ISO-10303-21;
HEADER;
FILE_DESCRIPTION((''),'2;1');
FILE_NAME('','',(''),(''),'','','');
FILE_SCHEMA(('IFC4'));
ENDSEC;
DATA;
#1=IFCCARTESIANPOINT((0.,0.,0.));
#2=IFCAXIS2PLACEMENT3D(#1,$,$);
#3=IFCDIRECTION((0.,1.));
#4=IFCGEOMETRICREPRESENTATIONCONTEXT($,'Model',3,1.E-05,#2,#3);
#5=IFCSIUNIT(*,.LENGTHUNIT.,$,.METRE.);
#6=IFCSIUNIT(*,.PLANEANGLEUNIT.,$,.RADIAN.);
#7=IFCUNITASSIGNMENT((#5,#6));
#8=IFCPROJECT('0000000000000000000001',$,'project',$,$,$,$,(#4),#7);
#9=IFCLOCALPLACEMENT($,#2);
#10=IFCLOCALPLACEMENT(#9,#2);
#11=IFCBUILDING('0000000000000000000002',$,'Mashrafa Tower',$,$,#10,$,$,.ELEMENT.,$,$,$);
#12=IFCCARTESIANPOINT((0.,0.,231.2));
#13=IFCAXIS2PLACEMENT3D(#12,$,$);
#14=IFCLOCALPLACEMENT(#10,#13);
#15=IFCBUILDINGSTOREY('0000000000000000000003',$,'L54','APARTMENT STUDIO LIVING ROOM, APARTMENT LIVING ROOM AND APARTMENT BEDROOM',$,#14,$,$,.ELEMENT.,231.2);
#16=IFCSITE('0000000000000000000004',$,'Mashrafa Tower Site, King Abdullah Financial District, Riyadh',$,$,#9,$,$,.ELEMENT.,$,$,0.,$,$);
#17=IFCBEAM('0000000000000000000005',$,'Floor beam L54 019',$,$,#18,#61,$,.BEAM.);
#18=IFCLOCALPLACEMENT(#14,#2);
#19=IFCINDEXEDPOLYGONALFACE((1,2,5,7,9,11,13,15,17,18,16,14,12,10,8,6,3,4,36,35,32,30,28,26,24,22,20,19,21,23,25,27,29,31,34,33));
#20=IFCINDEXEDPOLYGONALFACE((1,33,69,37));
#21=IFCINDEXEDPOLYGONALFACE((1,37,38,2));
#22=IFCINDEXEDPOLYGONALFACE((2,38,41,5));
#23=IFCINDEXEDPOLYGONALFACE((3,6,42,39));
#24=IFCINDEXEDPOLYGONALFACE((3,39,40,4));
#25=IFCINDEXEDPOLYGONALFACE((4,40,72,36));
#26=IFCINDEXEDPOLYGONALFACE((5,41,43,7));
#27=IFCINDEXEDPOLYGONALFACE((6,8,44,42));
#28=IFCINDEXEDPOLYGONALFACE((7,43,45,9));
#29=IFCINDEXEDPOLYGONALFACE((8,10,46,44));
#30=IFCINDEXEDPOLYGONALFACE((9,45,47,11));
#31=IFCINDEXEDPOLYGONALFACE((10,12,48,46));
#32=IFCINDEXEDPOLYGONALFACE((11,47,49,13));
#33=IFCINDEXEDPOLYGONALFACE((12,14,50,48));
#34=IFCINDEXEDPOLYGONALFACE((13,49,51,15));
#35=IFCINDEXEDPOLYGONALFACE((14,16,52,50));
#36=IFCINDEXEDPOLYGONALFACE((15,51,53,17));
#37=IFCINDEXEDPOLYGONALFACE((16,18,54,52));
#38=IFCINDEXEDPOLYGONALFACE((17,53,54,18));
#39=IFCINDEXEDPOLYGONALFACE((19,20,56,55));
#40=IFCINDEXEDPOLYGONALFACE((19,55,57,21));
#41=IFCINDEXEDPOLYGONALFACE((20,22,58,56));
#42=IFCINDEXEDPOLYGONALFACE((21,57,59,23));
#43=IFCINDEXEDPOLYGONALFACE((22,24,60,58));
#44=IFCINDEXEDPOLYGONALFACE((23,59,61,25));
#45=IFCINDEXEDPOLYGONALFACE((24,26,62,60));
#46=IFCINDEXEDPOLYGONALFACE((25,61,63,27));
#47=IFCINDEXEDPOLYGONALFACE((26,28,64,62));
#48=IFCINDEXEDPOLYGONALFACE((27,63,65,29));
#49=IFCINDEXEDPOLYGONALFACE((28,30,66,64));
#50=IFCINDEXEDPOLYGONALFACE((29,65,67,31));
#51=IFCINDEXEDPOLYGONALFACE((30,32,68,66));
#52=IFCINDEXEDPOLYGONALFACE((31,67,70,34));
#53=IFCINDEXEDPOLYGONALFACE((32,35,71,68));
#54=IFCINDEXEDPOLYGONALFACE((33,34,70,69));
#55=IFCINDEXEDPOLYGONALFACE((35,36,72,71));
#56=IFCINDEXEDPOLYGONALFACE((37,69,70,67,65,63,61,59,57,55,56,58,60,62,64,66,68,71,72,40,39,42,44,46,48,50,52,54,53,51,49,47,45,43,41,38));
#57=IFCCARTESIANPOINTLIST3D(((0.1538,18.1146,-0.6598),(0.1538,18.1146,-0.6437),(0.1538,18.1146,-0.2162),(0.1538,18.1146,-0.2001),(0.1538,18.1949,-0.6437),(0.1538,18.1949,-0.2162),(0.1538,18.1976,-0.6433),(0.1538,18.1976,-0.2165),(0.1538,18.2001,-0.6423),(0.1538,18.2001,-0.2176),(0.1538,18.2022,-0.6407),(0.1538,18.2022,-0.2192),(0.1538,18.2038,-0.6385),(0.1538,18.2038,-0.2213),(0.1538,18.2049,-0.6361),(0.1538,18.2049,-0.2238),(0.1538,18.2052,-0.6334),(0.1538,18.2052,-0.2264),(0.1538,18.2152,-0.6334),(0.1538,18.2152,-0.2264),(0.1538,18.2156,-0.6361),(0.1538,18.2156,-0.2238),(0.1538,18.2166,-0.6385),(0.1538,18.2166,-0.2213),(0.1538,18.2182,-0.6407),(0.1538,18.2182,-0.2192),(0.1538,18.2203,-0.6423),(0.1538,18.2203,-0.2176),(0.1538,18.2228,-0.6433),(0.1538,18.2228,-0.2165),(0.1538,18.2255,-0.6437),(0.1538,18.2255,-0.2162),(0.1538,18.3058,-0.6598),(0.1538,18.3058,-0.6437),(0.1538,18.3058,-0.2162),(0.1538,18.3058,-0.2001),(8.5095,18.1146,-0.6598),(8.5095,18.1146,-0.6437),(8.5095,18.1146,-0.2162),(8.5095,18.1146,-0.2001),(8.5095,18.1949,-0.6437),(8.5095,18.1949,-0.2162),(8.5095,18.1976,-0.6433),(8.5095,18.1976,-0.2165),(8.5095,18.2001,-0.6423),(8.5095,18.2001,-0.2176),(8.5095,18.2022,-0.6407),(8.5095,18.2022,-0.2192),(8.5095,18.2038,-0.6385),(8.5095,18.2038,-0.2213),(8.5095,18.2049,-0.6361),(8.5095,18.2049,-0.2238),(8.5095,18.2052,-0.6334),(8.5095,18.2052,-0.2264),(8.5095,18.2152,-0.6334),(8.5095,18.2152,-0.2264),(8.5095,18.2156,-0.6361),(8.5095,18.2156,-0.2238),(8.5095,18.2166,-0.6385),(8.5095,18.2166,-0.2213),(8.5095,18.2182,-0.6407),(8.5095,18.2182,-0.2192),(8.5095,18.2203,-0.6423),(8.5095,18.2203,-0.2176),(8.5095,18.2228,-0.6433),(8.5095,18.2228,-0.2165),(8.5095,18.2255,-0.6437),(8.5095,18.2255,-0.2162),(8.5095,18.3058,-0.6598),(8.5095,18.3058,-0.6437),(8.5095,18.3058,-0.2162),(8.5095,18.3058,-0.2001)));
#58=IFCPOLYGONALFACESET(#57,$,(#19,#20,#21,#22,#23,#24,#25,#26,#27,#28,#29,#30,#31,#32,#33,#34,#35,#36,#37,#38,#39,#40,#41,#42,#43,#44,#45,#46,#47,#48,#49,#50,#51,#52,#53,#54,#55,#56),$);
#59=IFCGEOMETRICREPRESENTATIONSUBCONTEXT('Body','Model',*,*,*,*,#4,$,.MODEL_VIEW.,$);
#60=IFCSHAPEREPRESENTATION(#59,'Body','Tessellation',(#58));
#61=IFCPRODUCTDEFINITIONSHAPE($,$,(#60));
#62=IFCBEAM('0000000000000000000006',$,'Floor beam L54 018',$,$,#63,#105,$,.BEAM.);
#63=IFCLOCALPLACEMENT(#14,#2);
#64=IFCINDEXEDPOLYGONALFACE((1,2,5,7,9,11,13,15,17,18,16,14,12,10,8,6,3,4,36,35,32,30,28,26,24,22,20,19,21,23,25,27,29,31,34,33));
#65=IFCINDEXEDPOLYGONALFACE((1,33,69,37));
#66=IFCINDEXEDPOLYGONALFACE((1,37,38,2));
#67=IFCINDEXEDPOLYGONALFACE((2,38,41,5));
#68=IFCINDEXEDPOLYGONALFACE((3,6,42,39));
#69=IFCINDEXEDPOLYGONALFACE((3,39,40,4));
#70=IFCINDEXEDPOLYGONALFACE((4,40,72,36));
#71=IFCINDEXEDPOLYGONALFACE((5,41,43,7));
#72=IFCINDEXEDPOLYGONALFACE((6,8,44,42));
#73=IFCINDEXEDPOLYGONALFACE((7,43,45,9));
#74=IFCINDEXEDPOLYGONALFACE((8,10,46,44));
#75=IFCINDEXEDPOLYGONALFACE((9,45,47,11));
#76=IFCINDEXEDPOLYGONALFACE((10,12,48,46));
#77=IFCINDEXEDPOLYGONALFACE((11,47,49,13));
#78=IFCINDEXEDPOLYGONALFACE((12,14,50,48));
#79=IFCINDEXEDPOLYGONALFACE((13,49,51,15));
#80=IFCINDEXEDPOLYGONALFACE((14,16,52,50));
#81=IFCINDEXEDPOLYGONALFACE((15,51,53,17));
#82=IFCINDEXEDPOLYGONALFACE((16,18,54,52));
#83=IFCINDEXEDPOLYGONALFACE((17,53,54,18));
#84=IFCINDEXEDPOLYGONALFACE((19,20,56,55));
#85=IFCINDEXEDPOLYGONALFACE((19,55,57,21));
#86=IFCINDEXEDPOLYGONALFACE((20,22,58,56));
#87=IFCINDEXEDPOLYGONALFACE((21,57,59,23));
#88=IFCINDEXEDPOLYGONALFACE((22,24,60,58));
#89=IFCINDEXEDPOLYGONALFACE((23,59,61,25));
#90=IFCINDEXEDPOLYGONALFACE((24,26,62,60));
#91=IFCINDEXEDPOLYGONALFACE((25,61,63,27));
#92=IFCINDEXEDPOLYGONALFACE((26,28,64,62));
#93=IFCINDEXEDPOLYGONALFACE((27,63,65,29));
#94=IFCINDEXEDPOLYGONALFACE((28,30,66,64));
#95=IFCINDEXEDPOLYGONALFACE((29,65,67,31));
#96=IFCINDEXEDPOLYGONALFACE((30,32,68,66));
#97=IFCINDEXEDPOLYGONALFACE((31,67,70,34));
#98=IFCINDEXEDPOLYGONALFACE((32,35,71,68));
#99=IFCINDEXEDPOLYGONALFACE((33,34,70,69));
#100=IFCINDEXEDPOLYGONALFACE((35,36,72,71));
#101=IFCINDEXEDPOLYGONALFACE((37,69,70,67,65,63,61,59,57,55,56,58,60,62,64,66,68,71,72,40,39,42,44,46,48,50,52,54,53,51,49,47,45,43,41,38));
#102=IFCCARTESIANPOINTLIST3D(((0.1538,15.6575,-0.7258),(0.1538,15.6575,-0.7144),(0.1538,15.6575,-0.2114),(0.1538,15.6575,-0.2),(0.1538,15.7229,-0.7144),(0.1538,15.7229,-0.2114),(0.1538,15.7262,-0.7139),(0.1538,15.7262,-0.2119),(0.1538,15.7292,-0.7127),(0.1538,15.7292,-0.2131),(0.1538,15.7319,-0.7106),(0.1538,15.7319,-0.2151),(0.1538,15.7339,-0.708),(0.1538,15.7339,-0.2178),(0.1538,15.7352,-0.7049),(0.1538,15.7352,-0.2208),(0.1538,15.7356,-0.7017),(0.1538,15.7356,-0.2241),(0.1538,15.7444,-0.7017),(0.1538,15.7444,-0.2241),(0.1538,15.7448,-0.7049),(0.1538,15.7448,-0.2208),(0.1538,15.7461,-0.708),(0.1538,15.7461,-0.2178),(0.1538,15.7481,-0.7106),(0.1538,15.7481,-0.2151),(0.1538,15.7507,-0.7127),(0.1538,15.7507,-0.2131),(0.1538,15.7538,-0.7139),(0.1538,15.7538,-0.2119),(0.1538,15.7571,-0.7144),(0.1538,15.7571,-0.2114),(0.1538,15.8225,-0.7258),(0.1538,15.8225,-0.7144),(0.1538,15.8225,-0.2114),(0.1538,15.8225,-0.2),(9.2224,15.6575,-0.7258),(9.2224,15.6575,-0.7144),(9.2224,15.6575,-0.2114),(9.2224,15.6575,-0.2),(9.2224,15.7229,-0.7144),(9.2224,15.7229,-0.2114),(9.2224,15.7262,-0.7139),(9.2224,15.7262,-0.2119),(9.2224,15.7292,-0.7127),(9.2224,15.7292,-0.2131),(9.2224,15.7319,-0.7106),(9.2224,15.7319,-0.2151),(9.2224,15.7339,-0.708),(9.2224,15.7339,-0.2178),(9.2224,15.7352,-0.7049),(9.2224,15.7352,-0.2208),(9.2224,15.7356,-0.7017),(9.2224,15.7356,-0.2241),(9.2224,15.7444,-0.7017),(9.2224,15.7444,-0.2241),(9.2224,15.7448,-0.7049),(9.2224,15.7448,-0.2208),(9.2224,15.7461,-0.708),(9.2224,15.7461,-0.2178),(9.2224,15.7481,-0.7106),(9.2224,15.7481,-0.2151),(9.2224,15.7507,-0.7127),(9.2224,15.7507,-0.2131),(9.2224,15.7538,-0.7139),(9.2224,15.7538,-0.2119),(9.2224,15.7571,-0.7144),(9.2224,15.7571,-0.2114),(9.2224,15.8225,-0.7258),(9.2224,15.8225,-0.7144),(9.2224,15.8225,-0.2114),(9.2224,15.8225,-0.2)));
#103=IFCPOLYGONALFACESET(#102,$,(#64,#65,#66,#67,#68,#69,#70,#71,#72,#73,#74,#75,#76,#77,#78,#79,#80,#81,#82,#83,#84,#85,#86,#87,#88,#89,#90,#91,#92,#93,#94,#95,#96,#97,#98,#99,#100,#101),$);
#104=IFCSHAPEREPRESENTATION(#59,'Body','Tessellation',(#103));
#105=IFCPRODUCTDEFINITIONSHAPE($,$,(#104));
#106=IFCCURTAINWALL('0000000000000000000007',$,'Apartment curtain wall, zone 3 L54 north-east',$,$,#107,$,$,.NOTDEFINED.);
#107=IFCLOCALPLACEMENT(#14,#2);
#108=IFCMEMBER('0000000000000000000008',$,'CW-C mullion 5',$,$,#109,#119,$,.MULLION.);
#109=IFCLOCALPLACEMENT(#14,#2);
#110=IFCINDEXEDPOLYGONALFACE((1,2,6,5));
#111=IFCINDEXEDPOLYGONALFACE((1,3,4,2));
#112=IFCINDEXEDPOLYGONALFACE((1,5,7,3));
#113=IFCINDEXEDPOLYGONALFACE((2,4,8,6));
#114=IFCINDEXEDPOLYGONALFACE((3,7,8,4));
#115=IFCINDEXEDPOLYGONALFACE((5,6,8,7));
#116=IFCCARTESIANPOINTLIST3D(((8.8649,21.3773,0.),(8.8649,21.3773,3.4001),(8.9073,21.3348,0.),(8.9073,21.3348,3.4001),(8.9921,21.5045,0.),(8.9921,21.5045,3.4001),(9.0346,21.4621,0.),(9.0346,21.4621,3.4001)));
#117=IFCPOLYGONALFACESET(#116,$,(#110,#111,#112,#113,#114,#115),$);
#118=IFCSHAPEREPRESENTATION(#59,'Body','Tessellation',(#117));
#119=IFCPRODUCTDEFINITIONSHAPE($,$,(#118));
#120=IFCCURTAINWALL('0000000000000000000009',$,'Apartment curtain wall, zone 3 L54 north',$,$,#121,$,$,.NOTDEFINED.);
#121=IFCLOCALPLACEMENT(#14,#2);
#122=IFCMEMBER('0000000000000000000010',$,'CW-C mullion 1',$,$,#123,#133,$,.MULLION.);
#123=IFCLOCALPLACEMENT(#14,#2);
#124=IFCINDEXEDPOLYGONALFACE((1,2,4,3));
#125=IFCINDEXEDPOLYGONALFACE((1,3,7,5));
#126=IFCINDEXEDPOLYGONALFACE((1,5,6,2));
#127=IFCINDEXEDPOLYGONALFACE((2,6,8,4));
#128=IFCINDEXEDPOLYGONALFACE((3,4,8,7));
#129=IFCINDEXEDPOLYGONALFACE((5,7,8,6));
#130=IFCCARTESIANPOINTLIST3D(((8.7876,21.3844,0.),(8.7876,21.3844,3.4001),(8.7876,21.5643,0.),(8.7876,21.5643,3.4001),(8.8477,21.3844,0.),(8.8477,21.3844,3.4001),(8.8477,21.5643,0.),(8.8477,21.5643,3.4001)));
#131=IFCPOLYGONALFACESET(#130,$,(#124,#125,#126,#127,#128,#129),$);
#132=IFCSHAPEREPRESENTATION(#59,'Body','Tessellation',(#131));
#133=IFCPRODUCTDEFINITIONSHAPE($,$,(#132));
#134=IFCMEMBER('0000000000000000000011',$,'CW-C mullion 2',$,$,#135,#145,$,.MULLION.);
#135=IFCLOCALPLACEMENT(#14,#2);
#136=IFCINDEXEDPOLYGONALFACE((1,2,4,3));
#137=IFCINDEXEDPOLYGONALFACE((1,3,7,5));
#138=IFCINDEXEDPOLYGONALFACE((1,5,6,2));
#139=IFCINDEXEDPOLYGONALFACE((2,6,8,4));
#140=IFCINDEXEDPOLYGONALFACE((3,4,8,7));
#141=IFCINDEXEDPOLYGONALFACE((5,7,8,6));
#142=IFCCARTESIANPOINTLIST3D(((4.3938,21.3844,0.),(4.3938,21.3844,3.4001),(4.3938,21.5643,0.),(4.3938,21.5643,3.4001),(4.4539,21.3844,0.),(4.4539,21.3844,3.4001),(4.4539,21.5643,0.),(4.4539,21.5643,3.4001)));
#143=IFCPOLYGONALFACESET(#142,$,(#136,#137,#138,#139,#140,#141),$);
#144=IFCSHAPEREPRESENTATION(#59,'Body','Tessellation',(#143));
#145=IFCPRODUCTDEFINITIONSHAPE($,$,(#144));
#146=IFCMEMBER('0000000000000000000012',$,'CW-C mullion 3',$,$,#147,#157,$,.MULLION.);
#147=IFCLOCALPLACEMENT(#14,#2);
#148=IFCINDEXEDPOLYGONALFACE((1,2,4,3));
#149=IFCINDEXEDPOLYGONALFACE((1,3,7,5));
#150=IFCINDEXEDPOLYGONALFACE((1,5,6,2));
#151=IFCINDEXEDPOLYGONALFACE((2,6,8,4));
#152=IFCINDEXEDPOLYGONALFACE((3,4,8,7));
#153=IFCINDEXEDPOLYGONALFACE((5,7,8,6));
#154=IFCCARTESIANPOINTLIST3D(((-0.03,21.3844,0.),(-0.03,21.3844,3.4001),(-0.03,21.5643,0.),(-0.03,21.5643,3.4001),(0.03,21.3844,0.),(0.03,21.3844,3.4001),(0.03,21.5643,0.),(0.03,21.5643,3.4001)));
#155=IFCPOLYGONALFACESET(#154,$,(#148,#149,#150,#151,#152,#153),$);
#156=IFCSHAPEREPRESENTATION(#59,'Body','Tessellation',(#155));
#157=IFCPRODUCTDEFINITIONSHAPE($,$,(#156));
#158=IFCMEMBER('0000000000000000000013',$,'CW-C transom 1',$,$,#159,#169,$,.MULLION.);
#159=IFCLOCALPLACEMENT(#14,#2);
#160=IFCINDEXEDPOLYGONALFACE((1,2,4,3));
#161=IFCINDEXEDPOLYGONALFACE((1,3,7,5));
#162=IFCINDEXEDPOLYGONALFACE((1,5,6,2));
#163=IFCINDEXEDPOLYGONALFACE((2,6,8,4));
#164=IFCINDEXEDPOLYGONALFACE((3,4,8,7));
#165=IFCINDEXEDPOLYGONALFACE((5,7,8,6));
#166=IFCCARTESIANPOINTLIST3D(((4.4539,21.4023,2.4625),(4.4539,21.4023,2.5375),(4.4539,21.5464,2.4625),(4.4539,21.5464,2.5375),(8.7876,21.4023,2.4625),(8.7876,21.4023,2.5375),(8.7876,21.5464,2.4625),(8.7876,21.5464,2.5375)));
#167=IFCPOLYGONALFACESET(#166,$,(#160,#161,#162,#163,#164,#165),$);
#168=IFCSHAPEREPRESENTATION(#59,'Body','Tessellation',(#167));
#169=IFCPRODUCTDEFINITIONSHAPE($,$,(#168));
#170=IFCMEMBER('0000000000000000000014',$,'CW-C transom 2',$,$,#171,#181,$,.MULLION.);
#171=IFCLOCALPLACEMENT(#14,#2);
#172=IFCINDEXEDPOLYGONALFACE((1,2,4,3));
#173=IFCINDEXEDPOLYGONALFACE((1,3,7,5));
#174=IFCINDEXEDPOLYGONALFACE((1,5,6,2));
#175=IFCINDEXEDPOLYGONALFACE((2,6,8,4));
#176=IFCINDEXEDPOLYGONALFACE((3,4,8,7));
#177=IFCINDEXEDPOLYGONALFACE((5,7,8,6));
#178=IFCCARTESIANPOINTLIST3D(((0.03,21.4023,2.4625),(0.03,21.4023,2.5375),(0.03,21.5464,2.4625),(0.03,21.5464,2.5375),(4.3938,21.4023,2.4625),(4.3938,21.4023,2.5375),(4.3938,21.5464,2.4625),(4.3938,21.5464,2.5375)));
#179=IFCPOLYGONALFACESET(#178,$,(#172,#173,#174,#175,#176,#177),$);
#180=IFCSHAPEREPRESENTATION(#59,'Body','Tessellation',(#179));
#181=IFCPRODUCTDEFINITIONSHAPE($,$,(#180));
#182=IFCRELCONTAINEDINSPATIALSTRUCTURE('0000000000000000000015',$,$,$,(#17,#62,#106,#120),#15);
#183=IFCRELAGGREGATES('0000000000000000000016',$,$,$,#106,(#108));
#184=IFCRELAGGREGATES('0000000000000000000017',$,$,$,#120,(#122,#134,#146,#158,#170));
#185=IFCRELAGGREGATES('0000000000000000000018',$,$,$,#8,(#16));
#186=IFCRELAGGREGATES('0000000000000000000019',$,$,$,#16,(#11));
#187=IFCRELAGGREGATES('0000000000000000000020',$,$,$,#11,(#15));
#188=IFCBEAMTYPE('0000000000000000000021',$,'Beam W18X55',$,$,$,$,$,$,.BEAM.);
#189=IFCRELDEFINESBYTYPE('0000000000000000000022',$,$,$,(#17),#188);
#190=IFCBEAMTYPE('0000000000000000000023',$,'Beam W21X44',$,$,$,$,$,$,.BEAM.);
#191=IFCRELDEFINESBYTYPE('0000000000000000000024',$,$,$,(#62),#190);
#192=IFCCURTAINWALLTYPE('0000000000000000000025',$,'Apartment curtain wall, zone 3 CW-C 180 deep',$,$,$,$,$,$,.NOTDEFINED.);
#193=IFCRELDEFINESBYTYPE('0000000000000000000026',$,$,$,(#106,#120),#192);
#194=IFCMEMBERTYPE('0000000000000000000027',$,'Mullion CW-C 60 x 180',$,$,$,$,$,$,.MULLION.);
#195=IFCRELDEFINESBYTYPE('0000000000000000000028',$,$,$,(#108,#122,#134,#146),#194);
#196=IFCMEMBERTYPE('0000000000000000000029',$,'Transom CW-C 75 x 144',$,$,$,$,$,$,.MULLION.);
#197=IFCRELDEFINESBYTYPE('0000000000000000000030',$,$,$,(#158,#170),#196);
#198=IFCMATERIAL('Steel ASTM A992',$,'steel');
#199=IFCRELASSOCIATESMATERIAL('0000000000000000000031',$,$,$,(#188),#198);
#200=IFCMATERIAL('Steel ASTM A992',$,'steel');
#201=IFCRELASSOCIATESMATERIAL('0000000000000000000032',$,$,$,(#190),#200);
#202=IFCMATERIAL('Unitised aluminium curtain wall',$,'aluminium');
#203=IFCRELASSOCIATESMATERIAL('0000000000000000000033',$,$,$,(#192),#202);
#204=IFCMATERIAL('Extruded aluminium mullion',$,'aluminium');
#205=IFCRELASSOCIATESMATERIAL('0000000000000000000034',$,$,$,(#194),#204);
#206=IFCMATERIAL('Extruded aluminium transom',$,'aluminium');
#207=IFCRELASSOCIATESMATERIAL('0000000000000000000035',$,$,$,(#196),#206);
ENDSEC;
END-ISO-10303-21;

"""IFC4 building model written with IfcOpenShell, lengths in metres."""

from ifc_helpers import new_model, si_unit, direction, frame, origin, origin_2d, place, context, subcontext, project, spatial, rectangle, i_section, extrude, source, transform, mapped, material, material_profile, profile_set, type_object, type_shapes, element, aggregate, save


model = new_model("IFC4")

# Units and contexts
model_context = context("Model", 3, precision=1e-05, world=origin(), true_north=direction((0.0, 1.0)))
body_context = subcontext(model_context, "Body", "Model", "MODEL_VIEW")
ifc_project = project(units=[si_unit("LENGTHUNIT", "METRE"), si_unit("PLANEANGLEUNIT", "RADIAN")], contexts=[model_context])

# Site, building, storey
site_placement = place(None, origin())
site = spatial("IfcSite", under=ifc_project, at=site_placement, Name="Mashrafa Tower Site, King Abdullah Financial District, Riyadh", CompositionType="ELEMENT", RefElevation=0.0)
building_placement = place(site_placement, origin())
building = spatial("IfcBuilding", under=site, at=building_placement, Name="Mashrafa Tower", CompositionType="ELEMENT")
storey_placement = place(building_placement, frame((0.0, 0.0, 231.2)))
storey = spatial("IfcBuildingStorey", under=building, at=storey_placement, Name="L54", Description="APARTMENT STUDIO LIVING ROOM, APARTMENT LIVING ROOM AND APARTMENT BEDROOM", CompositionType="ELEMENT", Elevation=231.2)

# Beams
ifc_material_1 = material(Name="Steel ASTM A992", Category="steel")
ifc_material_profile_1 = material_profile(ifc_material_1, i_section(OverallWidth=0.1912, OverallDepth=0.4597, WebThickness=0.01, FlangeThickness=0.0161, FilletRadius=0.0103, at=origin_2d()), Name="W18X55")
ifc_profile_set_1 = profile_set([ifc_material_profile_1], Name="Steel ASTM A992")
beam_type_1 = type_object("IfcBeamType", Name="Beam W18X55", PredefinedType="BEAM", material=ifc_profile_set_1)
beam_1_placement = place(storey_placement, frame((0.1538, 18.2102, -0.4299), z_axis=(1.0, 0.0, 0.0), x_axis=(0.0, 1.0, 0.0)))
element("IfcBeam", 1, at=beam_1_placement, inside=storey, type_object=beam_type_1, Name="Floor beam L54 019", PredefinedType="BEAM", context=body_context, shape_type="SweptSolid", body=[
    extrude(i_section(OverallWidth=0.1912, OverallDepth=0.4597, WebThickness=0.01, FlangeThickness=0.0161, FilletRadius=0.0103, at=origin_2d()), origin(), (0.0, 0.0, 1.0), 8.3557),
])
ifc_material_2 = material(Name="Steel ASTM A992", Category="steel")
ifc_material_profile_2 = material_profile(ifc_material_2, i_section(OverallWidth=0.165, OverallDepth=0.5259, WebThickness=0.0088, FlangeThickness=0.0115, FilletRadius=0.0127, at=origin_2d()), Name="W21X44")
ifc_profile_set_2 = profile_set([ifc_material_profile_2], Name="Steel ASTM A992")
beam_type_2 = type_object("IfcBeamType", Name="Beam W21X44", PredefinedType="BEAM", material=ifc_profile_set_2)
beam_2_placement = place(storey_placement, frame((0.1538, 15.74, -0.4629), z_axis=(1.0, 0.0, 0.0), x_axis=(0.0, 1.0, 0.0)))
element("IfcBeam", 2, at=beam_2_placement, inside=storey, type_object=beam_type_2, Name="Floor beam L54 018", PredefinedType="BEAM", context=body_context, shape_type="SweptSolid", body=[
    extrude(i_section(OverallWidth=0.165, OverallDepth=0.5259, WebThickness=0.0088, FlangeThickness=0.0115, FilletRadius=0.0127, at=origin_2d()), origin(), (0.0, 0.0, 1.0), 9.0686),
])

# Curtain wall, member
ifc_material_3 = material(Name="Unitised aluminium curtain wall", Category="aluminium")
curtain_wall_type = type_object("IfcCurtainWallType", Name="Apartment curtain wall, zone 3 CW-C 180 deep", PredefinedType="NOTDEFINED", material=ifc_material_3)
curtain_wall_1_placement = place(storey_placement, origin())
curtain_wall_1 = element("IfcCurtainWall", 3, at=curtain_wall_1_placement, inside=storey, type_object=curtain_wall_type, Name="Apartment curtain wall, zone 3 L54 north-east", PredefinedType="NOTDEFINED")
ifc_material_4 = material(Name="Extruded aluminium mullion", Category="aluminium")
ifc_material_profile_3 = material_profile(ifc_material_4, rectangle(XDim=0.1799, YDim=0.0601, at=origin_2d()), Name="Mullion 60x180")
ifc_profile_set_3 = profile_set([ifc_material_profile_3], Name="Extruded aluminium mullion")
member_type_1 = type_object("IfcMemberType", Name="Mullion CW-C 60 x 180", PredefinedType="MULLION", material=ifc_profile_set_3)
shared_shape_1 = source(origin(), body_context, "Body", "SweptSolid", [
    extrude(rectangle(XDim=0.1799, YDim=0.0601, at=origin_2d()), origin(), (0.0, 0.0, 1.0), 3.4001),
])
type_shapes(member_type_1, [shared_shape_1])
member_1_placement = place(storey_placement, frame((8.9497, 21.4197, 0.0), z_axis=(0.0, 0.0, 1.0), x_axis=(-0.707107, -0.707107, 0.0)))
member_1 = element("IfcMember", 4, at=member_1_placement, type_object=member_type_1, Name="CW-C mullion 5", PredefinedType="MULLION", context=body_context, shape_type="MappedRepresentation", body=[
    mapped(shared_shape_1, transform((0.0, 0.0, 0.0))),
])

# Curtain wall, members
curtain_wall_2_placement = place(storey_placement, origin())
curtain_wall_2 = element("IfcCurtainWall", 5, at=curtain_wall_2_placement, inside=storey, type_object=curtain_wall_type, Name="Apartment curtain wall, zone 3 L54 north", PredefinedType="NOTDEFINED")
member_2_placement = place(storey_placement, frame((8.8176, 21.4744, 0.0), z_axis=(0.0, 0.0, 1.0), x_axis=(0.0, -1.0, 0.0)))
member_2 = element("IfcMember", 6, at=member_2_placement, type_object=member_type_1, Name="CW-C mullion 1", PredefinedType="MULLION", context=body_context, shape_type="MappedRepresentation", body=[
    mapped(shared_shape_1, transform((0.0, 0.0, 0.0))),
])
member_3_placement = place(storey_placement, frame((4.4238, 21.4744, 0.0), z_axis=(0.0, 0.0, 1.0), x_axis=(0.0, -1.0, 0.0)))
member_3 = element("IfcMember", 7, at=member_3_placement, type_object=member_type_1, Name="CW-C mullion 2", PredefinedType="MULLION", context=body_context, shape_type="MappedRepresentation", body=[
    mapped(shared_shape_1, transform((0.0, 0.0, 0.0))),
])
member_4_placement = place(storey_placement, frame((0.0, 21.4744, 0.0), z_axis=(0.0, 0.0, 1.0), x_axis=(0.0, -1.0, 0.0)))
member_4 = element("IfcMember", 8, at=member_4_placement, type_object=member_type_1, Name="CW-C mullion 3", PredefinedType="MULLION", context=body_context, shape_type="MappedRepresentation", body=[
    mapped(shared_shape_1, transform((0.0, 0.0, 0.0))),
])
ifc_material_5 = material(Name="Extruded aluminium transom", Category="aluminium")
ifc_material_profile_4 = material_profile(ifc_material_5, rectangle(XDim=0.144, YDim=0.075, at=origin_2d()), Name="Transom 75x144")
ifc_profile_set_4 = profile_set([ifc_material_profile_4], Name="Extruded aluminium transom")
member_type_2 = type_object("IfcMemberType", Name="Transom CW-C 75 x 144", PredefinedType="MULLION", material=ifc_profile_set_4)
shared_shape_2 = source(origin(), body_context, "Body", "SweptSolid", [
    extrude(rectangle(XDim=0.144, YDim=0.075, at=origin_2d()), origin(), (0.0, 0.0, 1.0), 4.3337),
])
member_5_placement = place(storey_placement, frame((8.7876, 21.4744, 2.5), z_axis=(-1.0, 0.0, 0.0), x_axis=(0.0, -1.0, 0.0)))
member_5 = element("IfcMember", 9, at=member_5_placement, type_object=member_type_2, Name="CW-C transom 1", PredefinedType="MULLION", context=body_context, shape_type="MappedRepresentation", body=[
    mapped(shared_shape_2, transform((0.0, 0.0, 0.0))),
])
shared_shape_3 = source(origin(), body_context, "Body", "SweptSolid", [
    extrude(rectangle(XDim=0.144, YDim=0.075, at=origin_2d()), origin(), (0.0, 0.0, 1.0), 4.3638),
])
type_shapes(member_type_2, [shared_shape_2, shared_shape_3])
member_6_placement = place(storey_placement, frame((4.3938, 21.4744, 2.5), z_axis=(-1.0, 0.0, 0.0), x_axis=(0.0, -1.0, 0.0)))
member_6 = element("IfcMember", 10, at=member_6_placement, type_object=member_type_2, Name="CW-C transom 2", PredefinedType="MULLION", context=body_context, shape_type="MappedRepresentation", body=[
    mapped(shared_shape_3, transform((0.0, 0.0, 0.0))),
])

aggregate(curtain_wall_1, [member_1])
aggregate(curtain_wall_2, [member_2, member_3, member_4, member_5, member_6])

save(model, "model.ifc")
